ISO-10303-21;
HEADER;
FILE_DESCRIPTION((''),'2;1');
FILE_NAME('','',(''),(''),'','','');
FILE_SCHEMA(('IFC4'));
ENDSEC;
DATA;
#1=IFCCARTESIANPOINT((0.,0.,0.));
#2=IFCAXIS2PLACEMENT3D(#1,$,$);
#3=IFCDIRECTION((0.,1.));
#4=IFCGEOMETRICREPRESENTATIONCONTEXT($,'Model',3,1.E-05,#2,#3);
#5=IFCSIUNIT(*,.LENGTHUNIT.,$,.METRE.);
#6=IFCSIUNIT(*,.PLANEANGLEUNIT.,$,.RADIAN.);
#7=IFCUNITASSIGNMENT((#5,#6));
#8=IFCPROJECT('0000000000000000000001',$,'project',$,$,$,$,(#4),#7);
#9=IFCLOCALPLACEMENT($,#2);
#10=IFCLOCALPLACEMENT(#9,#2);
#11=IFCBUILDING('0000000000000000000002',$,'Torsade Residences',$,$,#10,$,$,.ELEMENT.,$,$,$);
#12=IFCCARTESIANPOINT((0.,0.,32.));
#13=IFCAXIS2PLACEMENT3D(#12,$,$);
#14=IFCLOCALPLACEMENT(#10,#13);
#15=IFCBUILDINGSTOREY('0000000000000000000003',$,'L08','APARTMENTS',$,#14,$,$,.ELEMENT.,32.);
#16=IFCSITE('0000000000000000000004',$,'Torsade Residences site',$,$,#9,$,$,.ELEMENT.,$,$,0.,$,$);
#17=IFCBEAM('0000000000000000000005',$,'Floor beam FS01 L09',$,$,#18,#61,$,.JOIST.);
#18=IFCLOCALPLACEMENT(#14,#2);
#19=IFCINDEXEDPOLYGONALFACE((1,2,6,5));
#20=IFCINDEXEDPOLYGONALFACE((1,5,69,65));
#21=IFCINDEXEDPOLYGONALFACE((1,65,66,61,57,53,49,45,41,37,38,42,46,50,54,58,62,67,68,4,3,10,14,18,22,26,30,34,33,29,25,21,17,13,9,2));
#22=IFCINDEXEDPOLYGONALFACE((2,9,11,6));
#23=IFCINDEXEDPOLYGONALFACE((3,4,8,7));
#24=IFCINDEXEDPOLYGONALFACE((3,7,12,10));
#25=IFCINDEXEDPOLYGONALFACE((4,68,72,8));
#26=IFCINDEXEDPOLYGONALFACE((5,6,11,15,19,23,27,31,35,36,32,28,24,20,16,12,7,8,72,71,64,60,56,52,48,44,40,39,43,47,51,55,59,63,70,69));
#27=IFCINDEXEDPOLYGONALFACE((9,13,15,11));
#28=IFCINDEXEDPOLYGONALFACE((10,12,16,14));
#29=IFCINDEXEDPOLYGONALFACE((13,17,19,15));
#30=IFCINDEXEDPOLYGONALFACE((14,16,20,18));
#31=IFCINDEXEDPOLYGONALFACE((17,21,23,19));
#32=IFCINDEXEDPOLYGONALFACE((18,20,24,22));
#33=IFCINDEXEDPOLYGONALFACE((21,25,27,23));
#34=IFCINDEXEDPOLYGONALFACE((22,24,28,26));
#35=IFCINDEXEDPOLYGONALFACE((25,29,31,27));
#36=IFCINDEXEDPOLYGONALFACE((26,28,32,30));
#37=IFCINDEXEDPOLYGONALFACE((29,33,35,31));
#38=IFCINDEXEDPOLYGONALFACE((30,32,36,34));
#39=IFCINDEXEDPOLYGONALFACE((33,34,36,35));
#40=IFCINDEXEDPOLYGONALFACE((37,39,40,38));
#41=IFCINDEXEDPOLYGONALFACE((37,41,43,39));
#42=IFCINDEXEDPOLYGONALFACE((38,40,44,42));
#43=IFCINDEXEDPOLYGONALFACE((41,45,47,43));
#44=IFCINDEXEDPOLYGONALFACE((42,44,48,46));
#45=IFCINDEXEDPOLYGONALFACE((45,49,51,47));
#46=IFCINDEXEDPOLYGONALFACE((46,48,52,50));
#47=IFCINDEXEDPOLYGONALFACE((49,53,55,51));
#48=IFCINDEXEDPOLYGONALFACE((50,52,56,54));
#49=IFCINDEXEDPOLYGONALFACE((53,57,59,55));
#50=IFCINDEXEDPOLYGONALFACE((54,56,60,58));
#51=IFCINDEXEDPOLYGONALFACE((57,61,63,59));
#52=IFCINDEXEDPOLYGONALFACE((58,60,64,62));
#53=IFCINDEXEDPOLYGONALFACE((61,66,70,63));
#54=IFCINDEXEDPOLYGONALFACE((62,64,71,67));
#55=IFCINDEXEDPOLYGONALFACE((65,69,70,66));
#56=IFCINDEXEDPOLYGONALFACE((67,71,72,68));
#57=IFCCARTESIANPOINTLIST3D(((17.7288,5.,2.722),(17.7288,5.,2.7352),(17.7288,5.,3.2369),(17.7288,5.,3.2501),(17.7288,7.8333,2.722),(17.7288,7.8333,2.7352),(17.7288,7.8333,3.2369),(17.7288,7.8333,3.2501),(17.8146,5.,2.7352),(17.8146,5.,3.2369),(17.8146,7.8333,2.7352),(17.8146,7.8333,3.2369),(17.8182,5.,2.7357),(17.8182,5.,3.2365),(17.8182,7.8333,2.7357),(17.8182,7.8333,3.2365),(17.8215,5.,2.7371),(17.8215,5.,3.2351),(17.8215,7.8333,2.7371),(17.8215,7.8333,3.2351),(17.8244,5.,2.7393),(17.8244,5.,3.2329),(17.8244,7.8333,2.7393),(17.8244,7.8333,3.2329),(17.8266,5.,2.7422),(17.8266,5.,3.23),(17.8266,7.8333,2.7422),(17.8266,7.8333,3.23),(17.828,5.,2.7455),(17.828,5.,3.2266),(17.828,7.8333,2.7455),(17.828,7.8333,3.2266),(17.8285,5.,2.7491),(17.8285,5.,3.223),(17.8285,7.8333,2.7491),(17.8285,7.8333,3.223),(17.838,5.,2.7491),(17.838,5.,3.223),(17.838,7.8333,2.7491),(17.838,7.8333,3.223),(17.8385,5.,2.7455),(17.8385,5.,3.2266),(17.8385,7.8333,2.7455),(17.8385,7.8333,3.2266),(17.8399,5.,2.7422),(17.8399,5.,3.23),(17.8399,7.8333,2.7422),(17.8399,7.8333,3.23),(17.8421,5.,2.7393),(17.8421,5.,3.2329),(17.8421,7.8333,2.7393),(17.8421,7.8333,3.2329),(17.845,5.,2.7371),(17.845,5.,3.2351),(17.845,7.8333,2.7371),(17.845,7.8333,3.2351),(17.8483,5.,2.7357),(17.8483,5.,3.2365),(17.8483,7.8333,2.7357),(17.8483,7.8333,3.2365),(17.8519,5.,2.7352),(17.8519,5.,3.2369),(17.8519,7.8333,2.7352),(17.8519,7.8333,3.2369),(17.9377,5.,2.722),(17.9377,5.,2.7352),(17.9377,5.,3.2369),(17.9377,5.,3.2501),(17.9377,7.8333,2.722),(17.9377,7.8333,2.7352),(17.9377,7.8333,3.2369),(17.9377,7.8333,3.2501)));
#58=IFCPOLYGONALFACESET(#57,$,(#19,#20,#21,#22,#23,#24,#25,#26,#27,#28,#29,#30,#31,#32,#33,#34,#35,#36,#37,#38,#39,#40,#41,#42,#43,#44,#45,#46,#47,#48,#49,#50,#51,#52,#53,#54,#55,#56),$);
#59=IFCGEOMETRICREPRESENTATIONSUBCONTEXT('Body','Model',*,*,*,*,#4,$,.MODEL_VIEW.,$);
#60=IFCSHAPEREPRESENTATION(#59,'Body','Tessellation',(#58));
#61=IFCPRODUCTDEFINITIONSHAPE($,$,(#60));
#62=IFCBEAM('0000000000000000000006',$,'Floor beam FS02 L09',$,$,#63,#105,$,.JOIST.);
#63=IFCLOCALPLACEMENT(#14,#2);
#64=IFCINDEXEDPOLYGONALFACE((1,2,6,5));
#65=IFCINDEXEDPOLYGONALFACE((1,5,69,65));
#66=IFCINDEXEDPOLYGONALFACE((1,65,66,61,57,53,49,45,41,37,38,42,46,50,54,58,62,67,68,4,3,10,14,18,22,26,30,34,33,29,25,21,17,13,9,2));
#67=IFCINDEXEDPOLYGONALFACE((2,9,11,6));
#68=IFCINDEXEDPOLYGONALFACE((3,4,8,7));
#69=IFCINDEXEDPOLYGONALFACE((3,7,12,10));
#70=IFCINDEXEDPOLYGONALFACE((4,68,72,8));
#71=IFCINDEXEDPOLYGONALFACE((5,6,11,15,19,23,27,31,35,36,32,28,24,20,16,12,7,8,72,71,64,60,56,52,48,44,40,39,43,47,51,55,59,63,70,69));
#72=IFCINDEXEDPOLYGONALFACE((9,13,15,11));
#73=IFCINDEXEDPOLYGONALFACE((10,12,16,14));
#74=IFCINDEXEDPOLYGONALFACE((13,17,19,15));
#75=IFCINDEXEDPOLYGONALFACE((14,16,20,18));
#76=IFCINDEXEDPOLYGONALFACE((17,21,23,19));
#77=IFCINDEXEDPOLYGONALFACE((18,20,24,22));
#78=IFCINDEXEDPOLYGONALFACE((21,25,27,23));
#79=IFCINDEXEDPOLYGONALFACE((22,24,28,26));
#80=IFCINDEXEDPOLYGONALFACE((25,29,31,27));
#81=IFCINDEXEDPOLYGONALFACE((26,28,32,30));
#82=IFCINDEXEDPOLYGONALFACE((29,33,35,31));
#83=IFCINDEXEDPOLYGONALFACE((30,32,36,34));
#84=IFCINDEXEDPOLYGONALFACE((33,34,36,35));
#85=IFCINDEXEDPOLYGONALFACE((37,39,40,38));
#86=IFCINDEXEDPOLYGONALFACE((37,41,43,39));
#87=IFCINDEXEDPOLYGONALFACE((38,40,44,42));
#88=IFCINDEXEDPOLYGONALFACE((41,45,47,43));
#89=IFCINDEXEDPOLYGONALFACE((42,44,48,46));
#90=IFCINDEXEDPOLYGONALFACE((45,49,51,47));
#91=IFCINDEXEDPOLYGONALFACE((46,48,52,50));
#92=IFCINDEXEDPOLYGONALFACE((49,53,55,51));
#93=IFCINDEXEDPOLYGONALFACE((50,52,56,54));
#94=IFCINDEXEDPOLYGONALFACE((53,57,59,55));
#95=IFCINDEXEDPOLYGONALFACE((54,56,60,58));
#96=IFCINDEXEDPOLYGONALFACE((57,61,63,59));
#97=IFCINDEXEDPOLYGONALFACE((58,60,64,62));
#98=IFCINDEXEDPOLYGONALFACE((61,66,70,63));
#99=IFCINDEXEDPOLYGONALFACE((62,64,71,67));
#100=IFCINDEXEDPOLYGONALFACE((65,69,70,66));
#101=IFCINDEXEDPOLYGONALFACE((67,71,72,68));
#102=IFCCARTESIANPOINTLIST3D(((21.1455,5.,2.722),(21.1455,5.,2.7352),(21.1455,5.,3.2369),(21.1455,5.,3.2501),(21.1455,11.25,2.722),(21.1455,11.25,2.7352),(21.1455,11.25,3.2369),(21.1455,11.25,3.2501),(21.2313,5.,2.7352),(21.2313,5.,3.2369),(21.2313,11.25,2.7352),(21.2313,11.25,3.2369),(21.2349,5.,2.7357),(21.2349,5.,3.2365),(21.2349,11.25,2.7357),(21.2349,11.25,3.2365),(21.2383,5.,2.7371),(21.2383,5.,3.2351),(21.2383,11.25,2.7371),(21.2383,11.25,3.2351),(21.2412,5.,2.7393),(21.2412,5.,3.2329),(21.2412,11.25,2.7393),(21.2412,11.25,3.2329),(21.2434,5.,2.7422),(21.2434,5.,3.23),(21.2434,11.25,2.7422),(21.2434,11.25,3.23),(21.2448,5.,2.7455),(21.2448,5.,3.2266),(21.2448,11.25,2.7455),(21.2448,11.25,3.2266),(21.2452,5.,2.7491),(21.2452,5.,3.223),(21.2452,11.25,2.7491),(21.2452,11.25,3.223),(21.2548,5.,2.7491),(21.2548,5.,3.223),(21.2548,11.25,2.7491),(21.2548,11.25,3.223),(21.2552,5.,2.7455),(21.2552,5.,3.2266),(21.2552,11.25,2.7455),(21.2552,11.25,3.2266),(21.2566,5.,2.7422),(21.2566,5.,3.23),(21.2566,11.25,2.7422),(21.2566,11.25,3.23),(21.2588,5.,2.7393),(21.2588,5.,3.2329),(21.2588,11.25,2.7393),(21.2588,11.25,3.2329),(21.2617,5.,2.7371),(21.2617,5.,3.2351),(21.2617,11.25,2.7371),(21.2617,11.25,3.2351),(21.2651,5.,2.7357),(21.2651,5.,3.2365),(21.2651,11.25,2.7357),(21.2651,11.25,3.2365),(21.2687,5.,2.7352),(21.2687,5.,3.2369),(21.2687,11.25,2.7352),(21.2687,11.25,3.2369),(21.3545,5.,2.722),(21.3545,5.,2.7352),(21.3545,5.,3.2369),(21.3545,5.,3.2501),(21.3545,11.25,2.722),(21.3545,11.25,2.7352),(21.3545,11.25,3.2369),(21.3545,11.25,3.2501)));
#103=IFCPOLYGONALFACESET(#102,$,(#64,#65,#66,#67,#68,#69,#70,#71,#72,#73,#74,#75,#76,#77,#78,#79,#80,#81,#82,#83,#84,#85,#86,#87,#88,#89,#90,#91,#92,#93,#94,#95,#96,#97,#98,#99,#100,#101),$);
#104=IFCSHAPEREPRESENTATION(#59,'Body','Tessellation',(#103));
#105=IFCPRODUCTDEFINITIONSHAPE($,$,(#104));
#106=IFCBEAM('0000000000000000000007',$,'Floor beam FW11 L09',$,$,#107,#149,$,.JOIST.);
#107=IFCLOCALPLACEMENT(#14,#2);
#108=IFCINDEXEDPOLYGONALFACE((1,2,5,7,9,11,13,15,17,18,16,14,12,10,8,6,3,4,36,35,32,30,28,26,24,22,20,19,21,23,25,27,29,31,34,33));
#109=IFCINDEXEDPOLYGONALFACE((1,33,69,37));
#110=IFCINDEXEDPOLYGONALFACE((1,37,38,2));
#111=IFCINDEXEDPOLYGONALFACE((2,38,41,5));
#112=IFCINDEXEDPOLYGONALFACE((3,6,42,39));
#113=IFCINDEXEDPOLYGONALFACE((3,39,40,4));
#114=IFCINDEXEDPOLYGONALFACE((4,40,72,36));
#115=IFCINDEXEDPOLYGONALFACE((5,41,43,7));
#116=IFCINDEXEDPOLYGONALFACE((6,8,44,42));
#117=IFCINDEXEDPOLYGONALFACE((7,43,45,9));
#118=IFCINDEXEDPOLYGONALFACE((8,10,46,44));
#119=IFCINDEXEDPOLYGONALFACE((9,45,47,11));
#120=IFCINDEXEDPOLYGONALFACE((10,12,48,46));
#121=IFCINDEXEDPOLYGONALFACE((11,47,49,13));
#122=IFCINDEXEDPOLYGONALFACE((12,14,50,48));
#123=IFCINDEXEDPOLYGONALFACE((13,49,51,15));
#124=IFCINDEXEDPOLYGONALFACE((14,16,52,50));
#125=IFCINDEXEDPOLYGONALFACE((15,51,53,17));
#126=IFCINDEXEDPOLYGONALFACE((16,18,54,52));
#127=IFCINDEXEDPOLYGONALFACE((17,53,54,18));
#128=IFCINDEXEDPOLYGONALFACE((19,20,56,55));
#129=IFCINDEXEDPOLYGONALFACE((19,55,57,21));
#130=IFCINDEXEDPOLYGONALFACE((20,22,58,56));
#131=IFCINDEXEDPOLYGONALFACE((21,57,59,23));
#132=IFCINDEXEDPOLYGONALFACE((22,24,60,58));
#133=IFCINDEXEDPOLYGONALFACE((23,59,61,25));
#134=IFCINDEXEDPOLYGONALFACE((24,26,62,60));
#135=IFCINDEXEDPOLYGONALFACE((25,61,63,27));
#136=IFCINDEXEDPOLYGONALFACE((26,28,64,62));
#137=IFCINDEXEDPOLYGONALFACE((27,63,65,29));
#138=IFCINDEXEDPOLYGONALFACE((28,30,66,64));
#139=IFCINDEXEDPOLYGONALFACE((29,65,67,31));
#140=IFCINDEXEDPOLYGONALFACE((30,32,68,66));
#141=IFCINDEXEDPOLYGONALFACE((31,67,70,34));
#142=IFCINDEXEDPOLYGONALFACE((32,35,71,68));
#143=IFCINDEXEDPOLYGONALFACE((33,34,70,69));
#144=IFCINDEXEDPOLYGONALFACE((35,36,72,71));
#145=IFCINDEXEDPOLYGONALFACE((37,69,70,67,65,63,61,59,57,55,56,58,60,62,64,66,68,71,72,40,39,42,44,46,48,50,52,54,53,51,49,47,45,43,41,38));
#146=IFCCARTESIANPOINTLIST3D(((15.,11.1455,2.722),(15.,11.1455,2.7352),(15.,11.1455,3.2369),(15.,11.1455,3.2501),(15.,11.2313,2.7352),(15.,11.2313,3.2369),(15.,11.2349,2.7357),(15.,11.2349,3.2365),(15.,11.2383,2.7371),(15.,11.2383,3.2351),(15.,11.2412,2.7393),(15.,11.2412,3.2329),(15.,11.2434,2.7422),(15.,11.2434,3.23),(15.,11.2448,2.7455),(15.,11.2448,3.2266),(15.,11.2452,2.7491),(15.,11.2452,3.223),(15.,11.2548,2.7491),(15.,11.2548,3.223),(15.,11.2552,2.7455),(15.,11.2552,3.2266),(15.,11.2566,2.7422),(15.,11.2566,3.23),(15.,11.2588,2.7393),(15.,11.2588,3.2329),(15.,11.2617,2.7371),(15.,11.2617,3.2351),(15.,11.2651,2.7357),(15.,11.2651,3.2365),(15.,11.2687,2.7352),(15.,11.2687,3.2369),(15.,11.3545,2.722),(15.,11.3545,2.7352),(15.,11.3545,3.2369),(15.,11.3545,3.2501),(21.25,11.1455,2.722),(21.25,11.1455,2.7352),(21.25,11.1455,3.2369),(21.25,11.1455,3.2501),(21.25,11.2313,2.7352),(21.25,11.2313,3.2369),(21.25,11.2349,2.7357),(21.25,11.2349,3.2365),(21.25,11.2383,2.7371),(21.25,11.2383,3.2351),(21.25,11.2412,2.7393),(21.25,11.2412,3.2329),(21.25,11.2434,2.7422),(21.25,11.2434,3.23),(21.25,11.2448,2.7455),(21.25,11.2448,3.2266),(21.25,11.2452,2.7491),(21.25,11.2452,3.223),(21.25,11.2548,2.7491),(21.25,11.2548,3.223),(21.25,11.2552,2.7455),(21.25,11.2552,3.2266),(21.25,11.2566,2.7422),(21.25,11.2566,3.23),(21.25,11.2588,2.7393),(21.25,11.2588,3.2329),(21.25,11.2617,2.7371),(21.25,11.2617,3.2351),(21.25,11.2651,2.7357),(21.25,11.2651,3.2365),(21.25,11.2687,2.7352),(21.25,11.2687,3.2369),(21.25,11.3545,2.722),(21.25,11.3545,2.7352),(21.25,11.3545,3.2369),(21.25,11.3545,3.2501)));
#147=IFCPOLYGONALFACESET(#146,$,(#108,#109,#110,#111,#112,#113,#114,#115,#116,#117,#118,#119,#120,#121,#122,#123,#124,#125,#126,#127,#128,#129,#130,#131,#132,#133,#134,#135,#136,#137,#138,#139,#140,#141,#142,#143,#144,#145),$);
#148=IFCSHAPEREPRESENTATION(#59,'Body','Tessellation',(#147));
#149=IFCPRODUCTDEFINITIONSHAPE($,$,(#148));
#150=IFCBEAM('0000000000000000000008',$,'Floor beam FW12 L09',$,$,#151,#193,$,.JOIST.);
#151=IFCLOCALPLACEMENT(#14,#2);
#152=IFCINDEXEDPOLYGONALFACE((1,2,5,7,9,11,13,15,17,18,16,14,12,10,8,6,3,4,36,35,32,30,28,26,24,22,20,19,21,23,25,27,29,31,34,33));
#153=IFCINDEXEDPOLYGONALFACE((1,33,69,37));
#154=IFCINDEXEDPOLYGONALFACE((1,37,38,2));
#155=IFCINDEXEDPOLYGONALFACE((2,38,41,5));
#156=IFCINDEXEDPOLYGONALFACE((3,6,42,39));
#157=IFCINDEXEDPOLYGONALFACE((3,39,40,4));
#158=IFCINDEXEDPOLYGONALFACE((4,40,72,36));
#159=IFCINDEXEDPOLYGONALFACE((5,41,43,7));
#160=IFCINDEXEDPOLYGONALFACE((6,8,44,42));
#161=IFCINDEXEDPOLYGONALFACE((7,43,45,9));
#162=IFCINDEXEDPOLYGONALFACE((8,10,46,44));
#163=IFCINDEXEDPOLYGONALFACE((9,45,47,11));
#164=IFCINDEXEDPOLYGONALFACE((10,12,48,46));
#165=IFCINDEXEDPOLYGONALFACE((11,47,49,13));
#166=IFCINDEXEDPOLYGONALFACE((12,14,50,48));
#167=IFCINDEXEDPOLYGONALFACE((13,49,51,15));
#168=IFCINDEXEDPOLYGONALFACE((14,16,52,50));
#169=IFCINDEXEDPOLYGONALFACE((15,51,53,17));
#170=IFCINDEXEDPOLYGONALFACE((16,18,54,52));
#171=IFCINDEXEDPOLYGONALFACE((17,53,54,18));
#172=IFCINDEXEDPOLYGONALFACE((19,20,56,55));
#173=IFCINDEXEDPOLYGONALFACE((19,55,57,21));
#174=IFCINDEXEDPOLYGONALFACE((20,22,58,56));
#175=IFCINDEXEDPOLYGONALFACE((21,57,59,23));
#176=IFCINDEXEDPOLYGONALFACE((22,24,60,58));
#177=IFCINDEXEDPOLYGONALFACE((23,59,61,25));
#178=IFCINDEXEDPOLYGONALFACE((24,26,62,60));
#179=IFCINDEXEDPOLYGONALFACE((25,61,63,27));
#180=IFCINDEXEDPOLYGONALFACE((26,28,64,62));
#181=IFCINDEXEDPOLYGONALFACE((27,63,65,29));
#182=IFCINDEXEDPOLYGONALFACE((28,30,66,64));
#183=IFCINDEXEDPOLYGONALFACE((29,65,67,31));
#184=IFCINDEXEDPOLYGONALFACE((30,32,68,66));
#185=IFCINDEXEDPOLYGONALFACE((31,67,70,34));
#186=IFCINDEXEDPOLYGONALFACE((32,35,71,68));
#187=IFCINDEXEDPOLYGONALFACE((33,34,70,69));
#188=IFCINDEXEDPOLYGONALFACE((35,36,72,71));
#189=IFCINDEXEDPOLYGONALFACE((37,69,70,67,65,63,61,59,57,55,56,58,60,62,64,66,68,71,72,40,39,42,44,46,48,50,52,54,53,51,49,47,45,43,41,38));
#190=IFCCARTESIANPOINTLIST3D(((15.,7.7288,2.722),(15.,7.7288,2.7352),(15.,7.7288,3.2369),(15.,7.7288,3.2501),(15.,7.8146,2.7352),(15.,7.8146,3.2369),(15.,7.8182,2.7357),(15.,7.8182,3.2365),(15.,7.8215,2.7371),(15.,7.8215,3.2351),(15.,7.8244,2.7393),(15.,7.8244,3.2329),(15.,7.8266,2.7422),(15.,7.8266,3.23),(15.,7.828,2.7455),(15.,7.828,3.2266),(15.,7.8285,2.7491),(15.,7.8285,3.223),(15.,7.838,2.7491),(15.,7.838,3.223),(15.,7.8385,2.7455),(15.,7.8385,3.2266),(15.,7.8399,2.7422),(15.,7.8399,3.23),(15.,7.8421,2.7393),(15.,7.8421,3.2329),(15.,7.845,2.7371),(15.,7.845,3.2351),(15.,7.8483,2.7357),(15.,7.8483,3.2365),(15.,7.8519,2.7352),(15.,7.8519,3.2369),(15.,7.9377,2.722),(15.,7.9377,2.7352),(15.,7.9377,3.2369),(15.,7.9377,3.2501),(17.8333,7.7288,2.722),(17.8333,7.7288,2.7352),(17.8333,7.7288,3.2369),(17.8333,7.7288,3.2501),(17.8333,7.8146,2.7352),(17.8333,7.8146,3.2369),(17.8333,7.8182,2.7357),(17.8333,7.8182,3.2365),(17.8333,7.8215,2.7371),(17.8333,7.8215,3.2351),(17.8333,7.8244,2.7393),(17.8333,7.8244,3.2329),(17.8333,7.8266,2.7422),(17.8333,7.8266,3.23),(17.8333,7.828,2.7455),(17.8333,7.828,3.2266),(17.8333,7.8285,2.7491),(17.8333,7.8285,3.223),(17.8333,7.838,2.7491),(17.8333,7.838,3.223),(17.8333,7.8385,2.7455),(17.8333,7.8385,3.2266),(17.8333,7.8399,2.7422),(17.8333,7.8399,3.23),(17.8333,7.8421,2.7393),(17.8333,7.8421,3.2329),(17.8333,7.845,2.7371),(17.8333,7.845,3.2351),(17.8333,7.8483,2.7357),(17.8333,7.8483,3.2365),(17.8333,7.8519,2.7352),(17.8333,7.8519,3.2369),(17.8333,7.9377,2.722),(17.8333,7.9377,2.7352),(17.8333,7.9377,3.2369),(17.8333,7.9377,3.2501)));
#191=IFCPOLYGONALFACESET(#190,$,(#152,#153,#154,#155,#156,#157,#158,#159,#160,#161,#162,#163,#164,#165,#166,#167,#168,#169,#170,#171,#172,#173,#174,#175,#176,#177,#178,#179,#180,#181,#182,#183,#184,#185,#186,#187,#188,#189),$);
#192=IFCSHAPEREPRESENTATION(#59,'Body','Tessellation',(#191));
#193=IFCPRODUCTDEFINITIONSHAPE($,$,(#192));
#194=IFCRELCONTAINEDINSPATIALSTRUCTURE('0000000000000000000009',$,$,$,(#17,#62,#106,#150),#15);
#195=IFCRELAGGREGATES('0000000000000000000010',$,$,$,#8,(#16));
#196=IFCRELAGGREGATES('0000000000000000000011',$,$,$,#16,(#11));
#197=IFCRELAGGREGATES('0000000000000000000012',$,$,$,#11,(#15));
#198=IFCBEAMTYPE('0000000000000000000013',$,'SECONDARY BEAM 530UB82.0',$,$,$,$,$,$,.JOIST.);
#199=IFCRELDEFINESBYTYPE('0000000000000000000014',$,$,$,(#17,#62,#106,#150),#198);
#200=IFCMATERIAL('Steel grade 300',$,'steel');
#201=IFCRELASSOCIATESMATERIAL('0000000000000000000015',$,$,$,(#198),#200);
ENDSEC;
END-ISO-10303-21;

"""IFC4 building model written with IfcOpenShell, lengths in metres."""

from ifc_helpers import new_model, si_unit, direction, frame, origin, origin_2d, place, context, subcontext, project, spatial, i_section, extrude, material, material_profile, profile_set, type_object, element, save


model = new_model("IFC4")

# Units and contexts
model_context = context("Model", 3, precision=1e-05, world=origin(), true_north=direction((0.0, 1.0)))
body_context = subcontext(model_context, "Body", "Model", "MODEL_VIEW")
ifc_project = project(units=[si_unit("LENGTHUNIT", "METRE"), si_unit("PLANEANGLEUNIT", "RADIAN")], contexts=[model_context])

# Site, building, storey
site_placement = place(None, origin())
site = spatial("IfcSite", under=ifc_project, at=site_placement, Name="Torsade Residences site", CompositionType="ELEMENT", RefElevation=0.0)
building_placement = place(site_placement, origin())
building = spatial("IfcBuilding", under=site, at=building_placement, Name="Torsade Residences", CompositionType="ELEMENT")
storey_placement = place(building_placement, frame((0.0, 0.0, 32.0)))
storey = spatial("IfcBuildingStorey", under=building, at=storey_placement, Name="L08", Description="APARTMENTS", CompositionType="ELEMENT", Elevation=32.0)

# Beams
ifc_material_1 = material(Name="Steel grade 300", Category="steel")
ifc_material_profile_1 = material_profile(ifc_material_1, i_section(OverallWidth=0.209, OverallDepth=0.5281, WebThickness=0.0095, FlangeThickness=0.0132, FilletRadius=0.0139, at=origin_2d()), Name="530UB82.0")
ifc_profile_set_1 = profile_set([ifc_material_profile_1], Name="Steel grade 300")
beam_type_1 = type_object("IfcBeamType", Name="SECONDARY BEAM 530UB82.0", PredefinedType="JOIST", material=ifc_profile_set_1)
beam_1_placement = place(storey_placement, frame((17.8333, 5.0, 2.9861), z_axis=(0.0, 1.0, 0.0), x_axis=(-1.0, 0.0, 0.0)))
element("IfcBeam", 1, at=beam_1_placement, inside=storey, type_object=beam_type_1, Name="Floor beam FS01 L09", PredefinedType="JOIST", context=body_context, shape_type="SweptSolid", body=[
    extrude(i_section(OverallWidth=0.209, OverallDepth=0.5281, WebThickness=0.0095, FlangeThickness=0.0132, FilletRadius=0.0139, at=origin_2d()), origin(), (0.0, 0.0, 1.0), 2.8333),
])
for number, where, z_axis, x_axis, name in (
    (2, (21.25, 5.0, 2.9861), (0.0, 1.0, 0.0), (-1.0, 0.0, 0.0), "Floor beam FS02 L09"),
    (3, (15.0, 11.25, 2.9861), (1.0, 0.0, 0.0), (0.0, 1.0, 0.0), "Floor beam FW11 L09"),
):
    element("IfcBeam", number, at=place(storey_placement, frame(where, z_axis=z_axis, x_axis=x_axis)), inside=storey, type_object=beam_type_1, Name=name, PredefinedType="JOIST", context=body_context, shape_type="SweptSolid", body=[
        extrude(i_section(OverallWidth=0.209, OverallDepth=0.5281, WebThickness=0.0095, FlangeThickness=0.0132, FilletRadius=0.0139, at=origin_2d()), origin(), (0.0, 0.0, 1.0), 6.25),
    ])
beam_2_placement = place(storey_placement, frame((15.0, 7.8333, 2.9861), z_axis=(1.0, 0.0, 0.0), x_axis=(0.0, 1.0, 0.0)))
element("IfcBeam", 4, at=beam_2_placement, inside=storey, type_object=beam_type_1, Name="Floor beam FW12 L09", PredefinedType="JOIST", context=body_context, shape_type="SweptSolid", body=[
    extrude(i_section(OverallWidth=0.209, OverallDepth=0.5281, WebThickness=0.0095, FlangeThickness=0.0132, FilletRadius=0.0139, at=origin_2d()), origin(), (0.0, 0.0, 1.0), 2.8333),
])

save(model, "model.ifc")
